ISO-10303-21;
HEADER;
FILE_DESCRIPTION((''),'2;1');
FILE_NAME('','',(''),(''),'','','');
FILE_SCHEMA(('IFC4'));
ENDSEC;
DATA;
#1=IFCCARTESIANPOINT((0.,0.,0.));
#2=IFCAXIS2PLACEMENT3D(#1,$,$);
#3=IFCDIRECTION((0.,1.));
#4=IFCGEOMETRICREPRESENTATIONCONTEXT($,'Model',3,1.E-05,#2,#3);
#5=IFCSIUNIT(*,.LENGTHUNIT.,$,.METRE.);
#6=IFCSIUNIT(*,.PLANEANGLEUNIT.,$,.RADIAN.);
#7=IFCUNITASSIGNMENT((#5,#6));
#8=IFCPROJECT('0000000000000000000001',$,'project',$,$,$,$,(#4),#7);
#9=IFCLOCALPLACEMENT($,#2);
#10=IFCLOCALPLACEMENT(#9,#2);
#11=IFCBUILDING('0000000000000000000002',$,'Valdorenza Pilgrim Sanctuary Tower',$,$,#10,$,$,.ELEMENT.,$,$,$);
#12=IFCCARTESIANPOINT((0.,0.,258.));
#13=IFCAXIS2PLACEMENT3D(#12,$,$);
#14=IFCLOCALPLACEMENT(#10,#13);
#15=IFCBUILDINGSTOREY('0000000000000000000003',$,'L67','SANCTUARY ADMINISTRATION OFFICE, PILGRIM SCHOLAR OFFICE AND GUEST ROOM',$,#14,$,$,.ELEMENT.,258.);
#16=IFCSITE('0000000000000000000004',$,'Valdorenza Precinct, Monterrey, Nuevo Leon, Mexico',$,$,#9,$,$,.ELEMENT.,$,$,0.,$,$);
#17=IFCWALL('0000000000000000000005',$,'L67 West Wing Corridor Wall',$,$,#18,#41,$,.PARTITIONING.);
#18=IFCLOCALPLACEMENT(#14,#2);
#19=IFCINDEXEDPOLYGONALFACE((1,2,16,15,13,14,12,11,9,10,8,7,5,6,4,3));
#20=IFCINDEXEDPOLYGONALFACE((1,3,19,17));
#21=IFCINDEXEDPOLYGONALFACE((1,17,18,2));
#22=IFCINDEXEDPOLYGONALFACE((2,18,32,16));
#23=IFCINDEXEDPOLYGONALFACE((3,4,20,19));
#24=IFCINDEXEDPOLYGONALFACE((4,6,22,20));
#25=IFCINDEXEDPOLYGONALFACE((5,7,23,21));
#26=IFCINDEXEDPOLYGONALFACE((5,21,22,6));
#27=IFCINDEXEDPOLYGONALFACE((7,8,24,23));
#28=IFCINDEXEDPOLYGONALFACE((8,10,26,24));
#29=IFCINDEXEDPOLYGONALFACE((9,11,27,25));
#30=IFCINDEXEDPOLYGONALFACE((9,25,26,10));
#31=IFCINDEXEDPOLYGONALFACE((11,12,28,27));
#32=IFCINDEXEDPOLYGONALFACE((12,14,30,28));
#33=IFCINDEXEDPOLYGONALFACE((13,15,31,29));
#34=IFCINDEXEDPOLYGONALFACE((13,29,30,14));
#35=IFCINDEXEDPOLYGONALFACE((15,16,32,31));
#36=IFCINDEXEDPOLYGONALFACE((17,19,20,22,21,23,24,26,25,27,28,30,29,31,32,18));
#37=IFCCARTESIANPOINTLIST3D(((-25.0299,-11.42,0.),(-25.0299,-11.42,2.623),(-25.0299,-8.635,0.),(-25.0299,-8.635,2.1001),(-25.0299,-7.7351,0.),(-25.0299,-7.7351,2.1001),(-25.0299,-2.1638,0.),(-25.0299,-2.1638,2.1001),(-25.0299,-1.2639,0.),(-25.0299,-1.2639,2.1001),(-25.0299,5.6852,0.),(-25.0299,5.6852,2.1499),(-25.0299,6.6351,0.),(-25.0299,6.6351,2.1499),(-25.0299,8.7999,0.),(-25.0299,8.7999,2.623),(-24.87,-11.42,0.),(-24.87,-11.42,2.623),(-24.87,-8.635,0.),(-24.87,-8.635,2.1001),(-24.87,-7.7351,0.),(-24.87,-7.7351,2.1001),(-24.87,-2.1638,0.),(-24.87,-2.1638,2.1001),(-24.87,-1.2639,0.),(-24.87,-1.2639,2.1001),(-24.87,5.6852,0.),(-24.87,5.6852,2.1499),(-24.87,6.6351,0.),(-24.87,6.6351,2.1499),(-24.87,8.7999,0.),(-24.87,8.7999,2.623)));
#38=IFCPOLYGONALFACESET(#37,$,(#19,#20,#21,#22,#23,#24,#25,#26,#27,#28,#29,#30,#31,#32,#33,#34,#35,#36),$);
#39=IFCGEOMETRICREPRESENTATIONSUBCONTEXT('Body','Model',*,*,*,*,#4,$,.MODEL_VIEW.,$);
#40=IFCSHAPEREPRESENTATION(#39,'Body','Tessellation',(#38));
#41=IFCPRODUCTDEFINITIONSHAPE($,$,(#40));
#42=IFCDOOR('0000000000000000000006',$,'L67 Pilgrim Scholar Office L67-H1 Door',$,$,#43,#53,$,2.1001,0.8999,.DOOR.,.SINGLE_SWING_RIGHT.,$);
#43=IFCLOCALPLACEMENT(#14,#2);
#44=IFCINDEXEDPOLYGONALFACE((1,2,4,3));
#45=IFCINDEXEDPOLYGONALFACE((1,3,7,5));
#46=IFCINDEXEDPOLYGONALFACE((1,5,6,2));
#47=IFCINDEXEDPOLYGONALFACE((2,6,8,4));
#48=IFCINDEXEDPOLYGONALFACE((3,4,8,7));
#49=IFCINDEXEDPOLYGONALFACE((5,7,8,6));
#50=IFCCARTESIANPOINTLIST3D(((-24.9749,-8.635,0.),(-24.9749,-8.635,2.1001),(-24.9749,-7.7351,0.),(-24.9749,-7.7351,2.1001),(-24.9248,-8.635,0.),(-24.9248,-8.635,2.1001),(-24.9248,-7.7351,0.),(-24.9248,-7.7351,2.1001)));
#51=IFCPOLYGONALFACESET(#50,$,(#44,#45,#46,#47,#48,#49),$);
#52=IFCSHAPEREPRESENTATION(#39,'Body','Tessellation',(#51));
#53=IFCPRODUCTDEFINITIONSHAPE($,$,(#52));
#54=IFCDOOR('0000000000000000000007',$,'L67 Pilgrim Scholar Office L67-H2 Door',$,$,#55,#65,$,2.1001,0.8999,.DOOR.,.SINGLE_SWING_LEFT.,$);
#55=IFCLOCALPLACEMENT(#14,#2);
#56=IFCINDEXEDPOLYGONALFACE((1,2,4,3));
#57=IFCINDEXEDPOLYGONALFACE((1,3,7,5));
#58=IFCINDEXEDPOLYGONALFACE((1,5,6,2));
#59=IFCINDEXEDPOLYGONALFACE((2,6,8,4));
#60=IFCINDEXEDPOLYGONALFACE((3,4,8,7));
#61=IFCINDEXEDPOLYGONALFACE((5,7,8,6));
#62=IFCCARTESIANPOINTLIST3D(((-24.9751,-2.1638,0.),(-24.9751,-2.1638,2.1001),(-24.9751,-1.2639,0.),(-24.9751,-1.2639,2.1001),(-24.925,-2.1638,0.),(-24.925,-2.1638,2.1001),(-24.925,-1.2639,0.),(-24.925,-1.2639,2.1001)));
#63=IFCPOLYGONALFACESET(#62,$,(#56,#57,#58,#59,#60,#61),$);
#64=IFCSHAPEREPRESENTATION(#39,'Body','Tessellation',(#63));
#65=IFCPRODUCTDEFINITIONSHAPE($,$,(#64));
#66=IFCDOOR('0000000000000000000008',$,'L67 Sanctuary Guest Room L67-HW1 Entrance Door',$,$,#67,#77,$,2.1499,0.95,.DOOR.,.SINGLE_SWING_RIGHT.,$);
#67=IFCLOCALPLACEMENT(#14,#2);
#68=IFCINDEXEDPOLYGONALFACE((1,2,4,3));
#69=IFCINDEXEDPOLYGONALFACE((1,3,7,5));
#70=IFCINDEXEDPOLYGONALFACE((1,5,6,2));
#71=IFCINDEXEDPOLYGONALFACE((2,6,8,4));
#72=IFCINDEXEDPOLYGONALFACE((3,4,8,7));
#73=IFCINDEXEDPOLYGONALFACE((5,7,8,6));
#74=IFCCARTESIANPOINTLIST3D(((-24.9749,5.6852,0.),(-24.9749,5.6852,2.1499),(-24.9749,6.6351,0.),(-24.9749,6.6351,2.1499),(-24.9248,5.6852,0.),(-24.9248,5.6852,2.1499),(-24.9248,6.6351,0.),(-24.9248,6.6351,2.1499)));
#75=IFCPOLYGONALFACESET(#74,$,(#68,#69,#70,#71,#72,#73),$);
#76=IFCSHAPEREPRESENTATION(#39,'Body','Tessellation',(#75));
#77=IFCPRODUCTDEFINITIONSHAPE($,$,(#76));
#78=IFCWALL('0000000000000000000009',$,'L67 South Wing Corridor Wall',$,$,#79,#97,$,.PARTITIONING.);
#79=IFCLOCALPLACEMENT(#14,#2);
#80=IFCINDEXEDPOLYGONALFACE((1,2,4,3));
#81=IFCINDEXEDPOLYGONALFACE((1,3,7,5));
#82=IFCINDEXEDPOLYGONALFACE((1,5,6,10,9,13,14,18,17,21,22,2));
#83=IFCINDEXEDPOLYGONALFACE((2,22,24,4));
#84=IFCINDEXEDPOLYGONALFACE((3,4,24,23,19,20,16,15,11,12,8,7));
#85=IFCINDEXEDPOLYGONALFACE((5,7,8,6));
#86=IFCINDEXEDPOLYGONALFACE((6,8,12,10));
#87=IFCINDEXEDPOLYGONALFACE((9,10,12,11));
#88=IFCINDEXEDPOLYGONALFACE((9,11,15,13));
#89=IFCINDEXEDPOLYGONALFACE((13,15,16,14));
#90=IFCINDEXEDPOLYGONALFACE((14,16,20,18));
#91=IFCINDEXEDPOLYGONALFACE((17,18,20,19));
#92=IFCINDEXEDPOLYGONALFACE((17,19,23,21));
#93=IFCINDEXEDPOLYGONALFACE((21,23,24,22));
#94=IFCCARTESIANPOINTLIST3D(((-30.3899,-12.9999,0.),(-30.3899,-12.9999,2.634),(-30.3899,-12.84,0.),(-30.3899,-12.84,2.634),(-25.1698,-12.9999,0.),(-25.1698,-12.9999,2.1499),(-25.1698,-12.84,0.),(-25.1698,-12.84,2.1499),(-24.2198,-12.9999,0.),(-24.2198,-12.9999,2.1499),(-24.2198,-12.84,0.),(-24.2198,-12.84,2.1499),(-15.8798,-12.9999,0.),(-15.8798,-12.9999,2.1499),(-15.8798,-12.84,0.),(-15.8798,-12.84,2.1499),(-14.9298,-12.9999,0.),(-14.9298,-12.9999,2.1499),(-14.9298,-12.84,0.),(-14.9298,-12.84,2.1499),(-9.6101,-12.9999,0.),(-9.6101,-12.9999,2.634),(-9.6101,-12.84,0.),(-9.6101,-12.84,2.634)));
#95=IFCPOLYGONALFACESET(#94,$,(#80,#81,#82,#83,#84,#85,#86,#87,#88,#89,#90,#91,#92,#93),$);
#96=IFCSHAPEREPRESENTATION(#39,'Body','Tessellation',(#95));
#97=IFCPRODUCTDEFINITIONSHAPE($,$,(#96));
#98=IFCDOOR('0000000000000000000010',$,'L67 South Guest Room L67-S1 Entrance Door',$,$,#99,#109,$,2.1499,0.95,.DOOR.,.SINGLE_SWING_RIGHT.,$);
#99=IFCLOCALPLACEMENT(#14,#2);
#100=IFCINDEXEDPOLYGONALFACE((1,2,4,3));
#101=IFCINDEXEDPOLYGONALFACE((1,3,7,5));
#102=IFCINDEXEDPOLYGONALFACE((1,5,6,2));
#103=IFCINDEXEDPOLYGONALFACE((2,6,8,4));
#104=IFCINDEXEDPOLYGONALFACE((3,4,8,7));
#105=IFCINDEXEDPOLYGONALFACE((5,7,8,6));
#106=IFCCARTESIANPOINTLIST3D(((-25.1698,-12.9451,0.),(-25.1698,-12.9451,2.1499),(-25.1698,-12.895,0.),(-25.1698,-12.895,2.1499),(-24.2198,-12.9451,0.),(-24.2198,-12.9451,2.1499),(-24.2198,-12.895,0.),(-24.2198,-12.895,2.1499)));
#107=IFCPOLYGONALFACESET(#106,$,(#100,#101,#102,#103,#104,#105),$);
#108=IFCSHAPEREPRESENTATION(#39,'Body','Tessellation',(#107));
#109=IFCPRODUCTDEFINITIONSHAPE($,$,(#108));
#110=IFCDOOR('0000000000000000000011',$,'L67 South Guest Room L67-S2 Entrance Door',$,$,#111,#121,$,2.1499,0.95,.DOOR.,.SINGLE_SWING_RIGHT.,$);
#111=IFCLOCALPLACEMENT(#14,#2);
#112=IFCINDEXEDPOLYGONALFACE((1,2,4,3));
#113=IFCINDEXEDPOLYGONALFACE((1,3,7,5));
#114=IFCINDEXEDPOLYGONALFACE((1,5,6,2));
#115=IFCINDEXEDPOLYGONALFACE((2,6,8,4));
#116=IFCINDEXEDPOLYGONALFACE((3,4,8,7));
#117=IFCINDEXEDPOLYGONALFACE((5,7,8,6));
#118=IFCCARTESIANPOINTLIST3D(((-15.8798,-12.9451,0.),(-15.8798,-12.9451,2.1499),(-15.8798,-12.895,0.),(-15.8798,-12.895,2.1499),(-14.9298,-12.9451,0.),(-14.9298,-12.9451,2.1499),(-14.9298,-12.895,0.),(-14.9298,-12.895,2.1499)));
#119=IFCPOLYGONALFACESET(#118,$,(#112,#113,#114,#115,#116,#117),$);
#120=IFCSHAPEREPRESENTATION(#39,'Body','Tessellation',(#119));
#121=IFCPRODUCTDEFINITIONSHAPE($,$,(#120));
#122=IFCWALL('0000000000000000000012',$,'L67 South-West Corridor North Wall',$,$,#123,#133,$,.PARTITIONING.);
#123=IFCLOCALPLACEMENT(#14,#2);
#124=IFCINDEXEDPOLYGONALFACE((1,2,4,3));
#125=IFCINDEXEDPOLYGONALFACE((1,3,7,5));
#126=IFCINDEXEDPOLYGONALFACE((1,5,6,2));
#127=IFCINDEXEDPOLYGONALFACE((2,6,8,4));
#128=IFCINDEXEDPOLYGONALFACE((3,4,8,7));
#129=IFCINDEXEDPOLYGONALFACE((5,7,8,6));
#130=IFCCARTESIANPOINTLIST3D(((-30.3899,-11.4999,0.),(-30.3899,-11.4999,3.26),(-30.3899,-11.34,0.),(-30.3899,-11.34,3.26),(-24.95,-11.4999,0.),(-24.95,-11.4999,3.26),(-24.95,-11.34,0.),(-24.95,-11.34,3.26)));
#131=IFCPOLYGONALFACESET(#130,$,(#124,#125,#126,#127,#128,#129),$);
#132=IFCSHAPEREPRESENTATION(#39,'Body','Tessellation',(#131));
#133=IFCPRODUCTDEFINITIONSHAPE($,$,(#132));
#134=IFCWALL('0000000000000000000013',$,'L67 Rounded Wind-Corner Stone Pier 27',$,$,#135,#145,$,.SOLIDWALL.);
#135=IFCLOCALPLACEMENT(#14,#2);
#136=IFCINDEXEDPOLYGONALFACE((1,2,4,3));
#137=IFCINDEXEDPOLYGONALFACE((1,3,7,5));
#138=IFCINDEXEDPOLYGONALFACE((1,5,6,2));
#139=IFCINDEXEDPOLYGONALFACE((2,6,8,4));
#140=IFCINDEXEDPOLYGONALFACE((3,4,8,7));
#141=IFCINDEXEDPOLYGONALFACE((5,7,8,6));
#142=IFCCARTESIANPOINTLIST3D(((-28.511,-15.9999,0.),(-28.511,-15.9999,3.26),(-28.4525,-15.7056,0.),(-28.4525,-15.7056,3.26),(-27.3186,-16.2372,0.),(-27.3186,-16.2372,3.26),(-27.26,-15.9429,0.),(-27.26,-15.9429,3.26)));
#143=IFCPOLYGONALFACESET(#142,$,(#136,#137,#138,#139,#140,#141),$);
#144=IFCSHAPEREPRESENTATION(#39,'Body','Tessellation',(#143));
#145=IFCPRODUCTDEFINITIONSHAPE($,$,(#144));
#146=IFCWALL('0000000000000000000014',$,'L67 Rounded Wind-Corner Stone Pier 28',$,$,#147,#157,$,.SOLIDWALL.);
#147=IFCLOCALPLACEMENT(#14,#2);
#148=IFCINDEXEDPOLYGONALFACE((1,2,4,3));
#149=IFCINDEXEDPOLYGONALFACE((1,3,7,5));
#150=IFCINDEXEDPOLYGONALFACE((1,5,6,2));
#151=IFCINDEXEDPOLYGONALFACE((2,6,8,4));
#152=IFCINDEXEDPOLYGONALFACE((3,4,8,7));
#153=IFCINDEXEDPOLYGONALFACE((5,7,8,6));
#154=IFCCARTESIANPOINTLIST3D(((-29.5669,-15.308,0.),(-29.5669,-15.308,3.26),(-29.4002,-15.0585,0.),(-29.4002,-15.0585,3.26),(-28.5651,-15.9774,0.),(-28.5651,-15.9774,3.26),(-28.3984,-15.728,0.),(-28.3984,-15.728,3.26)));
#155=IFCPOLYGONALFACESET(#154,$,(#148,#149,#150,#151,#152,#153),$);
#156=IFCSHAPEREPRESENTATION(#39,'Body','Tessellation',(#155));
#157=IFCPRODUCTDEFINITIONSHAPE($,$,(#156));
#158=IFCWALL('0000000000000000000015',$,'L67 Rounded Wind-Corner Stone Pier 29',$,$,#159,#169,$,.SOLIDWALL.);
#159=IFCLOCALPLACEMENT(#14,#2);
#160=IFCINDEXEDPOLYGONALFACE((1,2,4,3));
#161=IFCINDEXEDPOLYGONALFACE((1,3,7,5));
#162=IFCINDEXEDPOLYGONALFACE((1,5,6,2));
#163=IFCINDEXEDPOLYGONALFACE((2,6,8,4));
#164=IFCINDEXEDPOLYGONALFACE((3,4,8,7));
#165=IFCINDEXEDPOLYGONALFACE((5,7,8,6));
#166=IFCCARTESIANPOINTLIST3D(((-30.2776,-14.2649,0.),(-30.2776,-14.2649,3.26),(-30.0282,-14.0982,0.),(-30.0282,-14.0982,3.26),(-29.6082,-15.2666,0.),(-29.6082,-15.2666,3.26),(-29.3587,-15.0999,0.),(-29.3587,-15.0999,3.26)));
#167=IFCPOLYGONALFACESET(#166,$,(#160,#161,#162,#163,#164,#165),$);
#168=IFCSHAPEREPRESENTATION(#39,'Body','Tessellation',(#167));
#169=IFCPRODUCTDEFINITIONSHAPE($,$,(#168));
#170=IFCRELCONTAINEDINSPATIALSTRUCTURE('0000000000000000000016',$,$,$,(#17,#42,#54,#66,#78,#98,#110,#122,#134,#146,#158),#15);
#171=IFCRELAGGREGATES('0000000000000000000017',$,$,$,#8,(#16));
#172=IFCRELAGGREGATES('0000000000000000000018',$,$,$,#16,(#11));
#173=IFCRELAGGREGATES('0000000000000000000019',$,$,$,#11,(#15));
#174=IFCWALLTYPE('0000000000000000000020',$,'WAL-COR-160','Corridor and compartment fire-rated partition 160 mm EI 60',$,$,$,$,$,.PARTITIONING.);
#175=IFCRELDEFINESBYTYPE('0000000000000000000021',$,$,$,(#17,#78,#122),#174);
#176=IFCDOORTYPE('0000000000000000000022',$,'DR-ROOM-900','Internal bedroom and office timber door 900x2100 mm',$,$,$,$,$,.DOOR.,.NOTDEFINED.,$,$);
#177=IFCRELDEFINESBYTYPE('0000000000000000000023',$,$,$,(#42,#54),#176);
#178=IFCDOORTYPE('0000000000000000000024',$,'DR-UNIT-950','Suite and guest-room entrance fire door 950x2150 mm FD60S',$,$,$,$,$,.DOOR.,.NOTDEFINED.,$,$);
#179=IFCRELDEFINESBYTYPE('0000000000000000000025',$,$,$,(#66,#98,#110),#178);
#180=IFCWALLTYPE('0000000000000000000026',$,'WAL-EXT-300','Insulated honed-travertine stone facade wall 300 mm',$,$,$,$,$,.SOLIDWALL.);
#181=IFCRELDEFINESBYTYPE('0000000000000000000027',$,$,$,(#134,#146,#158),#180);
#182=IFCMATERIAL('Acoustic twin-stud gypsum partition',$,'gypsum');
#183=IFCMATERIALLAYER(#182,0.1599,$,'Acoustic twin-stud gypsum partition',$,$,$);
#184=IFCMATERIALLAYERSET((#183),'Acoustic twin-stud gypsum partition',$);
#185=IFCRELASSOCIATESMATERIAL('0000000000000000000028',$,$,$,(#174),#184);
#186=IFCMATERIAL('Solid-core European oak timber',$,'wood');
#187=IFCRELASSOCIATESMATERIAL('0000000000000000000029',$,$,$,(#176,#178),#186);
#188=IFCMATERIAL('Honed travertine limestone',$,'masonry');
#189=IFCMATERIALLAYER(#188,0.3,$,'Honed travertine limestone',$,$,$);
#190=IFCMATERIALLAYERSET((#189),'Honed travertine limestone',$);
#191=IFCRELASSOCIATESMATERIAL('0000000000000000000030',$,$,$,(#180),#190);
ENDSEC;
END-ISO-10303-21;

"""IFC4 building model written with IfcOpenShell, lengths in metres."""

from ifc_helpers import new_model, si_unit, direction, frame, frame_2d, origin, place, context, subcontext, project, spatial, rectangle, extrude, material, layer, layer_set, type_object, element, fill, save


model = new_model("IFC4")

# Units and contexts
model_context = context("Model", 3, precision=1e-05, world=origin(), true_north=direction((0.0, 1.0)))
body_context = subcontext(model_context, "Body", "Model", "MODEL_VIEW")
ifc_project = project(units=[si_unit("LENGTHUNIT", "METRE"), si_unit("PLANEANGLEUNIT", "RADIAN")], contexts=[model_context])

# Site, building, storey
site_placement = place(None, origin())
site = spatial("IfcSite", under=ifc_project, at=site_placement, Name="Valdorenza Precinct, Monterrey, Nuevo Leon, Mexico", CompositionType="ELEMENT", RefElevation=0.0)
building_placement = place(site_placement, origin())
building = spatial("IfcBuilding", under=site, at=building_placement, Name="Valdorenza Pilgrim Sanctuary Tower", CompositionType="ELEMENT")
storey_placement = place(building_placement, frame((0.0, 0.0, 258.0)))
storey = spatial("IfcBuildingStorey", under=building, at=storey_placement, Name="L67", Description="SANCTUARY ADMINISTRATION OFFICE, PILGRIM SCHOLAR OFFICE AND GUEST ROOM", CompositionType="ELEMENT", Elevation=258.0)

# Shared definitions
ifc_material_1 = material(Name="Honed travertine limestone", Category="masonry")

# Walls, openings, doors
ifc_material_2 = material(Name="Acoustic twin-stud gypsum partition", Category="gypsum")
ifc_layer_1 = layer(ifc_material_2, 0.1599, Name="Acoustic twin-stud gypsum partition")
ifc_layer_set_1 = layer_set([ifc_layer_1], Name="Acoustic twin-stud gypsum partition")
wall_type_1 = type_object("IfcWallType", Name="WAL-COR-160", Description="Corridor and compartment fire-rated partition 160 mm EI 60", PredefinedType="PARTITIONING", material=ifc_layer_set_1)
wall_1_placement = place(storey_placement, frame((-24.95, -11.4199, 0.0), z_axis=(0.0, 0.0, 1.0), x_axis=(0.0, 1.0, 0.0)))
wall_1 = element("IfcWall", 1, at=wall_1_placement, inside=storey, type_object=wall_type_1, Name="L67 West Wing Corridor Wall", PredefinedType="PARTITIONING", context=body_context, shape_type="SweptSolid", body=[
    extrude(rectangle(XDim=20.22, YDim=0.1599, at=frame_2d((10.1099, 0.0))), origin(), (0.0, 0.0, 1.0), 2.623),
])
opening_1_placement = place(wall_1_placement, frame((2.7849, 0.0, 0.0)))
opening_1 = element("IfcOpeningElement", 2, at=opening_1_placement, cuts=wall_1, PredefinedType="OPENING", context=body_context, shape_type="SweptSolid", body=[
    extrude(rectangle(XDim=0.8999, YDim=2.1001, at=frame_2d((0.45, 1.05))), frame((0.0, 0.0947, 0.0), z_axis=(0.0, -1.0, 0.0), x_axis=(1.0, 0.0, 0.0)), (0.0, 0.0, 1.0), 0.1897),
])
opening_2_placement = place(wall_1_placement, frame((9.2561, 0.0, 0.0)))
opening_2 = element("IfcOpeningElement", 3, at=opening_2_placement, cuts=wall_1, PredefinedType="OPENING", context=body_context, shape_type="SweptSolid", body=[
    extrude(rectangle(XDim=0.8999, YDim=2.1001, at=frame_2d((0.45, 1.05))), frame((0.0, 0.0947, 0.0), z_axis=(0.0, -1.0, 0.0), x_axis=(1.0, 0.0, 0.0)), (0.0, 0.0, 1.0), 0.1897),
])
opening_3_placement = place(wall_1_placement, frame((17.105, 0.0, 0.0)))
opening_3 = element("IfcOpeningElement", 4, at=opening_3_placement, cuts=wall_1, PredefinedType="OPENING", context=body_context, shape_type="SweptSolid", body=[
    extrude(rectangle(XDim=0.95, YDim=2.1499, at=frame_2d((0.4751, 1.075))), frame((0.0, 0.0947, 0.0), z_axis=(0.0, -1.0, 0.0), x_axis=(1.0, 0.0, 0.0)), (0.0, 0.0, 1.0), 0.1897),
])
ifc_material_3 = material(Name="Solid-core European oak timber", Category="wood")
door_type_1 = type_object("IfcDoorType", Name="DR-ROOM-900", Description="Internal bedroom and office timber door 900x2100 mm", OperationType="NOTDEFINED", PredefinedType="DOOR", material=ifc_material_3)
door_1_placement = place(opening_1_placement, origin())
door_1 = element("IfcDoor", 5, at=door_1_placement, inside=storey, type_object=door_type_1, Name="L67 Pilgrim Scholar Office L67-H1 Door", OperationType="SINGLE_SWING_RIGHT", OverallHeight=2.1001, OverallWidth=0.8999, PredefinedType="DOOR", context=body_context, shape_type="SweptSolid", body=[
    extrude(rectangle(XDim=0.8999, YDim=2.1001, at=frame_2d((0.45, 1.05))), frame((0.0, 0.0249, 0.0), z_axis=(0.0, -1.0, 0.0), x_axis=(1.0, 0.0, 0.0)), (0.0, 0.0, 1.0), 0.05),
])
fill(opening_1, door_1)
door_2_placement = place(opening_2_placement, frame((0.8999, 0.0, 0.0), z_axis=(0.0, 0.0, 1.0), x_axis=(-1.0, 0.0, 0.0)))
door_2 = element("IfcDoor", 6, at=door_2_placement, inside=storey, type_object=door_type_1, Name="L67 Pilgrim Scholar Office L67-H2 Door", OperationType="SINGLE_SWING_LEFT", OverallHeight=2.1001, OverallWidth=0.8999, PredefinedType="DOOR", context=body_context, shape_type="SweptSolid", body=[
    extrude(rectangle(XDim=0.8999, YDim=2.1001, at=frame_2d((0.45, 1.05))), frame((0.0, 0.0249, 0.0), z_axis=(0.0, -1.0, 0.0), x_axis=(1.0, 0.0, 0.0)), (0.0, 0.0, 1.0), 0.05),
])
fill(opening_2, door_2)
door_type_2 = type_object("IfcDoorType", Name="DR-UNIT-950", Description="Suite and guest-room entrance fire door 950x2150 mm FD60S", OperationType="NOTDEFINED", PredefinedType="DOOR", material=ifc_material_3)
door_3_placement = place(opening_3_placement, origin())
door_3 = element("IfcDoor", 7, at=door_3_placement, inside=storey, type_object=door_type_2, Name="L67 Sanctuary Guest Room L67-HW1 Entrance Door", OperationType="SINGLE_SWING_RIGHT", OverallHeight=2.1499, OverallWidth=0.95, PredefinedType="DOOR", context=body_context, shape_type="SweptSolid", body=[
    extrude(rectangle(XDim=0.95, YDim=2.1499, at=frame_2d((0.4751, 1.075))), frame((0.0, 0.0249, 0.0), z_axis=(0.0, -1.0, 0.0), x_axis=(1.0, 0.0, 0.0)), (0.0, 0.0, 1.0), 0.05),
])
fill(opening_3, door_3)
wall_2_placement = place(storey_placement, frame((-30.3899, -12.9199, 0.0), z_axis=(0.0, 0.0, 1.0), x_axis=(1.0, 0.0, 0.0)))
wall_2 = element("IfcWall", 8, at=wall_2_placement, inside=storey, type_object=wall_type_1, Name="L67 South Wing Corridor Wall", PredefinedType="PARTITIONING", context=body_context, shape_type="SweptSolid", body=[
    extrude(rectangle(XDim=20.7798, YDim=0.1599, at=frame_2d((10.3899, 0.0))), origin(), (0.0, 0.0, 1.0), 2.634),
])
opening_4_placement = place(wall_2_placement, frame((5.22, 0.0, 0.0)))
opening_4 = element("IfcOpeningElement", 9, at=opening_4_placement, cuts=wall_2, PredefinedType="OPENING", context=body_context, shape_type="SweptSolid", body=[
    extrude(rectangle(XDim=0.95, YDim=2.1499, at=frame_2d((0.4751, 1.075))), frame((0.0, 0.0947, 0.0), z_axis=(0.0, -1.0, 0.0), x_axis=(1.0, 0.0, 0.0)), (0.0, 0.0, 1.0), 0.1897),
])
opening_5_placement = place(wall_2_placement, frame((14.51, 0.0, 0.0)))
opening_5 = element("IfcOpeningElement", 10, at=opening_5_placement, cuts=wall_2, PredefinedType="OPENING", context=body_context, shape_type="SweptSolid", body=[
    extrude(rectangle(XDim=0.95, YDim=2.1499, at=frame_2d((0.4751, 1.075))), frame((0.0, 0.0947, 0.0), z_axis=(0.0, -1.0, 0.0), x_axis=(1.0, 0.0, 0.0)), (0.0, 0.0, 1.0), 0.1897),
])
door_4_placement = place(opening_4_placement, origin())
door_4 = element("IfcDoor", 11, at=door_4_placement, inside=storey, type_object=door_type_2, Name="L67 South Guest Room L67-S1 Entrance Door", OperationType="SINGLE_SWING_RIGHT", OverallHeight=2.1499, OverallWidth=0.95, PredefinedType="DOOR", context=body_context, shape_type="SweptSolid", body=[
    extrude(rectangle(XDim=0.95, YDim=2.1499, at=frame_2d((0.4751, 1.075))), frame((0.0, 0.0249, 0.0), z_axis=(0.0, -1.0, 0.0), x_axis=(1.0, 0.0, 0.0)), (0.0, 0.0, 1.0), 0.05),
])
fill(opening_4, door_4)
door_5_placement = place(opening_5_placement, origin())
door_5 = element("IfcDoor", 12, at=door_5_placement, inside=storey, type_object=door_type_2, Name="L67 South Guest Room L67-S2 Entrance Door", OperationType="SINGLE_SWING_RIGHT", OverallHeight=2.1499, OverallWidth=0.95, PredefinedType="DOOR", context=body_context, shape_type="SweptSolid", body=[
    extrude(rectangle(XDim=0.95, YDim=2.1499, at=frame_2d((0.4751, 1.075))), frame((0.0, 0.0249, 0.0), z_axis=(0.0, -1.0, 0.0), x_axis=(1.0, 0.0, 0.0)), (0.0, 0.0, 1.0), 0.05),
])
fill(opening_5, door_5)

# Walls
wall_3_placement = place(storey_placement, frame((-30.3899, -11.4199, 0.0), z_axis=(0.0, 0.0, 1.0), x_axis=(1.0, 0.0, 0.0)))
element("IfcWall", 13, at=wall_3_placement, inside=storey, type_object=wall_type_1, Name="L67 South-West Corridor North Wall", PredefinedType="PARTITIONING", context=body_context, shape_type="SweptSolid", body=[
    extrude(rectangle(XDim=5.4399, YDim=0.1599, at=frame_2d((2.72, 0.0))), origin(), (0.0, 0.0, 1.0), 3.26),
])
ifc_layer_2 = layer(ifc_material_1, 0.3, Name="Honed travertine limestone")
ifc_layer_set_2 = layer_set([ifc_layer_2], Name="Honed travertine limestone")
wall_type_2 = type_object("IfcWallType", Name="WAL-EXT-300", Description="Insulated honed-travertine stone facade wall 300 mm", PredefinedType="SOLIDWALL", material=ifc_layer_set_2)
wall_4_placement = place(storey_placement, frame((-27.2893, -16.0901, 0.0), z_axis=(0.0, 0.0, 1.0), x_axis=(-0.980766, 0.195189, 0.0)))
element("IfcWall", 14, at=wall_4_placement, inside=storey, type_object=wall_type_2, Name="L67 Rounded Wind-Corner Stone Pier 27", PredefinedType="SOLIDWALL", context=body_context, shape_type="SweptSolid", body=[
    extrude(rectangle(XDim=1.2158, YDim=0.3, at=frame_2d((0.6079, 0.0))), origin(), (0.0, 0.0, 1.0), 3.26),
])
for number, where, z_axis, x_axis, name in (
    (15, (-28.4817, -15.8528, 0.0), (0.0, 0.0, 1.0), (-0.831426, 0.555635, 0.0), "L67 Rounded Wind-Corner Stone Pier 28"),
    (16, (-29.4834, -15.1833, 0.0), (0.0, 0.0, 1.0), (-0.555635, 0.831426, 0.0), "L67 Rounded Wind-Corner Stone Pier 29"),
):
    element("IfcWall", number, at=place(storey_placement, frame(where, z_axis=z_axis, x_axis=x_axis)), inside=storey, type_object=wall_type_2, Name=name, PredefinedType="SOLIDWALL", context=body_context, shape_type="SweptSolid", body=[
        extrude(rectangle(XDim=1.2048, YDim=0.3, at=frame_2d((0.6025, 0.0))), origin(), (0.0, 0.0, 1.0), 3.26),
    ])

save(model, "model.ifc")
